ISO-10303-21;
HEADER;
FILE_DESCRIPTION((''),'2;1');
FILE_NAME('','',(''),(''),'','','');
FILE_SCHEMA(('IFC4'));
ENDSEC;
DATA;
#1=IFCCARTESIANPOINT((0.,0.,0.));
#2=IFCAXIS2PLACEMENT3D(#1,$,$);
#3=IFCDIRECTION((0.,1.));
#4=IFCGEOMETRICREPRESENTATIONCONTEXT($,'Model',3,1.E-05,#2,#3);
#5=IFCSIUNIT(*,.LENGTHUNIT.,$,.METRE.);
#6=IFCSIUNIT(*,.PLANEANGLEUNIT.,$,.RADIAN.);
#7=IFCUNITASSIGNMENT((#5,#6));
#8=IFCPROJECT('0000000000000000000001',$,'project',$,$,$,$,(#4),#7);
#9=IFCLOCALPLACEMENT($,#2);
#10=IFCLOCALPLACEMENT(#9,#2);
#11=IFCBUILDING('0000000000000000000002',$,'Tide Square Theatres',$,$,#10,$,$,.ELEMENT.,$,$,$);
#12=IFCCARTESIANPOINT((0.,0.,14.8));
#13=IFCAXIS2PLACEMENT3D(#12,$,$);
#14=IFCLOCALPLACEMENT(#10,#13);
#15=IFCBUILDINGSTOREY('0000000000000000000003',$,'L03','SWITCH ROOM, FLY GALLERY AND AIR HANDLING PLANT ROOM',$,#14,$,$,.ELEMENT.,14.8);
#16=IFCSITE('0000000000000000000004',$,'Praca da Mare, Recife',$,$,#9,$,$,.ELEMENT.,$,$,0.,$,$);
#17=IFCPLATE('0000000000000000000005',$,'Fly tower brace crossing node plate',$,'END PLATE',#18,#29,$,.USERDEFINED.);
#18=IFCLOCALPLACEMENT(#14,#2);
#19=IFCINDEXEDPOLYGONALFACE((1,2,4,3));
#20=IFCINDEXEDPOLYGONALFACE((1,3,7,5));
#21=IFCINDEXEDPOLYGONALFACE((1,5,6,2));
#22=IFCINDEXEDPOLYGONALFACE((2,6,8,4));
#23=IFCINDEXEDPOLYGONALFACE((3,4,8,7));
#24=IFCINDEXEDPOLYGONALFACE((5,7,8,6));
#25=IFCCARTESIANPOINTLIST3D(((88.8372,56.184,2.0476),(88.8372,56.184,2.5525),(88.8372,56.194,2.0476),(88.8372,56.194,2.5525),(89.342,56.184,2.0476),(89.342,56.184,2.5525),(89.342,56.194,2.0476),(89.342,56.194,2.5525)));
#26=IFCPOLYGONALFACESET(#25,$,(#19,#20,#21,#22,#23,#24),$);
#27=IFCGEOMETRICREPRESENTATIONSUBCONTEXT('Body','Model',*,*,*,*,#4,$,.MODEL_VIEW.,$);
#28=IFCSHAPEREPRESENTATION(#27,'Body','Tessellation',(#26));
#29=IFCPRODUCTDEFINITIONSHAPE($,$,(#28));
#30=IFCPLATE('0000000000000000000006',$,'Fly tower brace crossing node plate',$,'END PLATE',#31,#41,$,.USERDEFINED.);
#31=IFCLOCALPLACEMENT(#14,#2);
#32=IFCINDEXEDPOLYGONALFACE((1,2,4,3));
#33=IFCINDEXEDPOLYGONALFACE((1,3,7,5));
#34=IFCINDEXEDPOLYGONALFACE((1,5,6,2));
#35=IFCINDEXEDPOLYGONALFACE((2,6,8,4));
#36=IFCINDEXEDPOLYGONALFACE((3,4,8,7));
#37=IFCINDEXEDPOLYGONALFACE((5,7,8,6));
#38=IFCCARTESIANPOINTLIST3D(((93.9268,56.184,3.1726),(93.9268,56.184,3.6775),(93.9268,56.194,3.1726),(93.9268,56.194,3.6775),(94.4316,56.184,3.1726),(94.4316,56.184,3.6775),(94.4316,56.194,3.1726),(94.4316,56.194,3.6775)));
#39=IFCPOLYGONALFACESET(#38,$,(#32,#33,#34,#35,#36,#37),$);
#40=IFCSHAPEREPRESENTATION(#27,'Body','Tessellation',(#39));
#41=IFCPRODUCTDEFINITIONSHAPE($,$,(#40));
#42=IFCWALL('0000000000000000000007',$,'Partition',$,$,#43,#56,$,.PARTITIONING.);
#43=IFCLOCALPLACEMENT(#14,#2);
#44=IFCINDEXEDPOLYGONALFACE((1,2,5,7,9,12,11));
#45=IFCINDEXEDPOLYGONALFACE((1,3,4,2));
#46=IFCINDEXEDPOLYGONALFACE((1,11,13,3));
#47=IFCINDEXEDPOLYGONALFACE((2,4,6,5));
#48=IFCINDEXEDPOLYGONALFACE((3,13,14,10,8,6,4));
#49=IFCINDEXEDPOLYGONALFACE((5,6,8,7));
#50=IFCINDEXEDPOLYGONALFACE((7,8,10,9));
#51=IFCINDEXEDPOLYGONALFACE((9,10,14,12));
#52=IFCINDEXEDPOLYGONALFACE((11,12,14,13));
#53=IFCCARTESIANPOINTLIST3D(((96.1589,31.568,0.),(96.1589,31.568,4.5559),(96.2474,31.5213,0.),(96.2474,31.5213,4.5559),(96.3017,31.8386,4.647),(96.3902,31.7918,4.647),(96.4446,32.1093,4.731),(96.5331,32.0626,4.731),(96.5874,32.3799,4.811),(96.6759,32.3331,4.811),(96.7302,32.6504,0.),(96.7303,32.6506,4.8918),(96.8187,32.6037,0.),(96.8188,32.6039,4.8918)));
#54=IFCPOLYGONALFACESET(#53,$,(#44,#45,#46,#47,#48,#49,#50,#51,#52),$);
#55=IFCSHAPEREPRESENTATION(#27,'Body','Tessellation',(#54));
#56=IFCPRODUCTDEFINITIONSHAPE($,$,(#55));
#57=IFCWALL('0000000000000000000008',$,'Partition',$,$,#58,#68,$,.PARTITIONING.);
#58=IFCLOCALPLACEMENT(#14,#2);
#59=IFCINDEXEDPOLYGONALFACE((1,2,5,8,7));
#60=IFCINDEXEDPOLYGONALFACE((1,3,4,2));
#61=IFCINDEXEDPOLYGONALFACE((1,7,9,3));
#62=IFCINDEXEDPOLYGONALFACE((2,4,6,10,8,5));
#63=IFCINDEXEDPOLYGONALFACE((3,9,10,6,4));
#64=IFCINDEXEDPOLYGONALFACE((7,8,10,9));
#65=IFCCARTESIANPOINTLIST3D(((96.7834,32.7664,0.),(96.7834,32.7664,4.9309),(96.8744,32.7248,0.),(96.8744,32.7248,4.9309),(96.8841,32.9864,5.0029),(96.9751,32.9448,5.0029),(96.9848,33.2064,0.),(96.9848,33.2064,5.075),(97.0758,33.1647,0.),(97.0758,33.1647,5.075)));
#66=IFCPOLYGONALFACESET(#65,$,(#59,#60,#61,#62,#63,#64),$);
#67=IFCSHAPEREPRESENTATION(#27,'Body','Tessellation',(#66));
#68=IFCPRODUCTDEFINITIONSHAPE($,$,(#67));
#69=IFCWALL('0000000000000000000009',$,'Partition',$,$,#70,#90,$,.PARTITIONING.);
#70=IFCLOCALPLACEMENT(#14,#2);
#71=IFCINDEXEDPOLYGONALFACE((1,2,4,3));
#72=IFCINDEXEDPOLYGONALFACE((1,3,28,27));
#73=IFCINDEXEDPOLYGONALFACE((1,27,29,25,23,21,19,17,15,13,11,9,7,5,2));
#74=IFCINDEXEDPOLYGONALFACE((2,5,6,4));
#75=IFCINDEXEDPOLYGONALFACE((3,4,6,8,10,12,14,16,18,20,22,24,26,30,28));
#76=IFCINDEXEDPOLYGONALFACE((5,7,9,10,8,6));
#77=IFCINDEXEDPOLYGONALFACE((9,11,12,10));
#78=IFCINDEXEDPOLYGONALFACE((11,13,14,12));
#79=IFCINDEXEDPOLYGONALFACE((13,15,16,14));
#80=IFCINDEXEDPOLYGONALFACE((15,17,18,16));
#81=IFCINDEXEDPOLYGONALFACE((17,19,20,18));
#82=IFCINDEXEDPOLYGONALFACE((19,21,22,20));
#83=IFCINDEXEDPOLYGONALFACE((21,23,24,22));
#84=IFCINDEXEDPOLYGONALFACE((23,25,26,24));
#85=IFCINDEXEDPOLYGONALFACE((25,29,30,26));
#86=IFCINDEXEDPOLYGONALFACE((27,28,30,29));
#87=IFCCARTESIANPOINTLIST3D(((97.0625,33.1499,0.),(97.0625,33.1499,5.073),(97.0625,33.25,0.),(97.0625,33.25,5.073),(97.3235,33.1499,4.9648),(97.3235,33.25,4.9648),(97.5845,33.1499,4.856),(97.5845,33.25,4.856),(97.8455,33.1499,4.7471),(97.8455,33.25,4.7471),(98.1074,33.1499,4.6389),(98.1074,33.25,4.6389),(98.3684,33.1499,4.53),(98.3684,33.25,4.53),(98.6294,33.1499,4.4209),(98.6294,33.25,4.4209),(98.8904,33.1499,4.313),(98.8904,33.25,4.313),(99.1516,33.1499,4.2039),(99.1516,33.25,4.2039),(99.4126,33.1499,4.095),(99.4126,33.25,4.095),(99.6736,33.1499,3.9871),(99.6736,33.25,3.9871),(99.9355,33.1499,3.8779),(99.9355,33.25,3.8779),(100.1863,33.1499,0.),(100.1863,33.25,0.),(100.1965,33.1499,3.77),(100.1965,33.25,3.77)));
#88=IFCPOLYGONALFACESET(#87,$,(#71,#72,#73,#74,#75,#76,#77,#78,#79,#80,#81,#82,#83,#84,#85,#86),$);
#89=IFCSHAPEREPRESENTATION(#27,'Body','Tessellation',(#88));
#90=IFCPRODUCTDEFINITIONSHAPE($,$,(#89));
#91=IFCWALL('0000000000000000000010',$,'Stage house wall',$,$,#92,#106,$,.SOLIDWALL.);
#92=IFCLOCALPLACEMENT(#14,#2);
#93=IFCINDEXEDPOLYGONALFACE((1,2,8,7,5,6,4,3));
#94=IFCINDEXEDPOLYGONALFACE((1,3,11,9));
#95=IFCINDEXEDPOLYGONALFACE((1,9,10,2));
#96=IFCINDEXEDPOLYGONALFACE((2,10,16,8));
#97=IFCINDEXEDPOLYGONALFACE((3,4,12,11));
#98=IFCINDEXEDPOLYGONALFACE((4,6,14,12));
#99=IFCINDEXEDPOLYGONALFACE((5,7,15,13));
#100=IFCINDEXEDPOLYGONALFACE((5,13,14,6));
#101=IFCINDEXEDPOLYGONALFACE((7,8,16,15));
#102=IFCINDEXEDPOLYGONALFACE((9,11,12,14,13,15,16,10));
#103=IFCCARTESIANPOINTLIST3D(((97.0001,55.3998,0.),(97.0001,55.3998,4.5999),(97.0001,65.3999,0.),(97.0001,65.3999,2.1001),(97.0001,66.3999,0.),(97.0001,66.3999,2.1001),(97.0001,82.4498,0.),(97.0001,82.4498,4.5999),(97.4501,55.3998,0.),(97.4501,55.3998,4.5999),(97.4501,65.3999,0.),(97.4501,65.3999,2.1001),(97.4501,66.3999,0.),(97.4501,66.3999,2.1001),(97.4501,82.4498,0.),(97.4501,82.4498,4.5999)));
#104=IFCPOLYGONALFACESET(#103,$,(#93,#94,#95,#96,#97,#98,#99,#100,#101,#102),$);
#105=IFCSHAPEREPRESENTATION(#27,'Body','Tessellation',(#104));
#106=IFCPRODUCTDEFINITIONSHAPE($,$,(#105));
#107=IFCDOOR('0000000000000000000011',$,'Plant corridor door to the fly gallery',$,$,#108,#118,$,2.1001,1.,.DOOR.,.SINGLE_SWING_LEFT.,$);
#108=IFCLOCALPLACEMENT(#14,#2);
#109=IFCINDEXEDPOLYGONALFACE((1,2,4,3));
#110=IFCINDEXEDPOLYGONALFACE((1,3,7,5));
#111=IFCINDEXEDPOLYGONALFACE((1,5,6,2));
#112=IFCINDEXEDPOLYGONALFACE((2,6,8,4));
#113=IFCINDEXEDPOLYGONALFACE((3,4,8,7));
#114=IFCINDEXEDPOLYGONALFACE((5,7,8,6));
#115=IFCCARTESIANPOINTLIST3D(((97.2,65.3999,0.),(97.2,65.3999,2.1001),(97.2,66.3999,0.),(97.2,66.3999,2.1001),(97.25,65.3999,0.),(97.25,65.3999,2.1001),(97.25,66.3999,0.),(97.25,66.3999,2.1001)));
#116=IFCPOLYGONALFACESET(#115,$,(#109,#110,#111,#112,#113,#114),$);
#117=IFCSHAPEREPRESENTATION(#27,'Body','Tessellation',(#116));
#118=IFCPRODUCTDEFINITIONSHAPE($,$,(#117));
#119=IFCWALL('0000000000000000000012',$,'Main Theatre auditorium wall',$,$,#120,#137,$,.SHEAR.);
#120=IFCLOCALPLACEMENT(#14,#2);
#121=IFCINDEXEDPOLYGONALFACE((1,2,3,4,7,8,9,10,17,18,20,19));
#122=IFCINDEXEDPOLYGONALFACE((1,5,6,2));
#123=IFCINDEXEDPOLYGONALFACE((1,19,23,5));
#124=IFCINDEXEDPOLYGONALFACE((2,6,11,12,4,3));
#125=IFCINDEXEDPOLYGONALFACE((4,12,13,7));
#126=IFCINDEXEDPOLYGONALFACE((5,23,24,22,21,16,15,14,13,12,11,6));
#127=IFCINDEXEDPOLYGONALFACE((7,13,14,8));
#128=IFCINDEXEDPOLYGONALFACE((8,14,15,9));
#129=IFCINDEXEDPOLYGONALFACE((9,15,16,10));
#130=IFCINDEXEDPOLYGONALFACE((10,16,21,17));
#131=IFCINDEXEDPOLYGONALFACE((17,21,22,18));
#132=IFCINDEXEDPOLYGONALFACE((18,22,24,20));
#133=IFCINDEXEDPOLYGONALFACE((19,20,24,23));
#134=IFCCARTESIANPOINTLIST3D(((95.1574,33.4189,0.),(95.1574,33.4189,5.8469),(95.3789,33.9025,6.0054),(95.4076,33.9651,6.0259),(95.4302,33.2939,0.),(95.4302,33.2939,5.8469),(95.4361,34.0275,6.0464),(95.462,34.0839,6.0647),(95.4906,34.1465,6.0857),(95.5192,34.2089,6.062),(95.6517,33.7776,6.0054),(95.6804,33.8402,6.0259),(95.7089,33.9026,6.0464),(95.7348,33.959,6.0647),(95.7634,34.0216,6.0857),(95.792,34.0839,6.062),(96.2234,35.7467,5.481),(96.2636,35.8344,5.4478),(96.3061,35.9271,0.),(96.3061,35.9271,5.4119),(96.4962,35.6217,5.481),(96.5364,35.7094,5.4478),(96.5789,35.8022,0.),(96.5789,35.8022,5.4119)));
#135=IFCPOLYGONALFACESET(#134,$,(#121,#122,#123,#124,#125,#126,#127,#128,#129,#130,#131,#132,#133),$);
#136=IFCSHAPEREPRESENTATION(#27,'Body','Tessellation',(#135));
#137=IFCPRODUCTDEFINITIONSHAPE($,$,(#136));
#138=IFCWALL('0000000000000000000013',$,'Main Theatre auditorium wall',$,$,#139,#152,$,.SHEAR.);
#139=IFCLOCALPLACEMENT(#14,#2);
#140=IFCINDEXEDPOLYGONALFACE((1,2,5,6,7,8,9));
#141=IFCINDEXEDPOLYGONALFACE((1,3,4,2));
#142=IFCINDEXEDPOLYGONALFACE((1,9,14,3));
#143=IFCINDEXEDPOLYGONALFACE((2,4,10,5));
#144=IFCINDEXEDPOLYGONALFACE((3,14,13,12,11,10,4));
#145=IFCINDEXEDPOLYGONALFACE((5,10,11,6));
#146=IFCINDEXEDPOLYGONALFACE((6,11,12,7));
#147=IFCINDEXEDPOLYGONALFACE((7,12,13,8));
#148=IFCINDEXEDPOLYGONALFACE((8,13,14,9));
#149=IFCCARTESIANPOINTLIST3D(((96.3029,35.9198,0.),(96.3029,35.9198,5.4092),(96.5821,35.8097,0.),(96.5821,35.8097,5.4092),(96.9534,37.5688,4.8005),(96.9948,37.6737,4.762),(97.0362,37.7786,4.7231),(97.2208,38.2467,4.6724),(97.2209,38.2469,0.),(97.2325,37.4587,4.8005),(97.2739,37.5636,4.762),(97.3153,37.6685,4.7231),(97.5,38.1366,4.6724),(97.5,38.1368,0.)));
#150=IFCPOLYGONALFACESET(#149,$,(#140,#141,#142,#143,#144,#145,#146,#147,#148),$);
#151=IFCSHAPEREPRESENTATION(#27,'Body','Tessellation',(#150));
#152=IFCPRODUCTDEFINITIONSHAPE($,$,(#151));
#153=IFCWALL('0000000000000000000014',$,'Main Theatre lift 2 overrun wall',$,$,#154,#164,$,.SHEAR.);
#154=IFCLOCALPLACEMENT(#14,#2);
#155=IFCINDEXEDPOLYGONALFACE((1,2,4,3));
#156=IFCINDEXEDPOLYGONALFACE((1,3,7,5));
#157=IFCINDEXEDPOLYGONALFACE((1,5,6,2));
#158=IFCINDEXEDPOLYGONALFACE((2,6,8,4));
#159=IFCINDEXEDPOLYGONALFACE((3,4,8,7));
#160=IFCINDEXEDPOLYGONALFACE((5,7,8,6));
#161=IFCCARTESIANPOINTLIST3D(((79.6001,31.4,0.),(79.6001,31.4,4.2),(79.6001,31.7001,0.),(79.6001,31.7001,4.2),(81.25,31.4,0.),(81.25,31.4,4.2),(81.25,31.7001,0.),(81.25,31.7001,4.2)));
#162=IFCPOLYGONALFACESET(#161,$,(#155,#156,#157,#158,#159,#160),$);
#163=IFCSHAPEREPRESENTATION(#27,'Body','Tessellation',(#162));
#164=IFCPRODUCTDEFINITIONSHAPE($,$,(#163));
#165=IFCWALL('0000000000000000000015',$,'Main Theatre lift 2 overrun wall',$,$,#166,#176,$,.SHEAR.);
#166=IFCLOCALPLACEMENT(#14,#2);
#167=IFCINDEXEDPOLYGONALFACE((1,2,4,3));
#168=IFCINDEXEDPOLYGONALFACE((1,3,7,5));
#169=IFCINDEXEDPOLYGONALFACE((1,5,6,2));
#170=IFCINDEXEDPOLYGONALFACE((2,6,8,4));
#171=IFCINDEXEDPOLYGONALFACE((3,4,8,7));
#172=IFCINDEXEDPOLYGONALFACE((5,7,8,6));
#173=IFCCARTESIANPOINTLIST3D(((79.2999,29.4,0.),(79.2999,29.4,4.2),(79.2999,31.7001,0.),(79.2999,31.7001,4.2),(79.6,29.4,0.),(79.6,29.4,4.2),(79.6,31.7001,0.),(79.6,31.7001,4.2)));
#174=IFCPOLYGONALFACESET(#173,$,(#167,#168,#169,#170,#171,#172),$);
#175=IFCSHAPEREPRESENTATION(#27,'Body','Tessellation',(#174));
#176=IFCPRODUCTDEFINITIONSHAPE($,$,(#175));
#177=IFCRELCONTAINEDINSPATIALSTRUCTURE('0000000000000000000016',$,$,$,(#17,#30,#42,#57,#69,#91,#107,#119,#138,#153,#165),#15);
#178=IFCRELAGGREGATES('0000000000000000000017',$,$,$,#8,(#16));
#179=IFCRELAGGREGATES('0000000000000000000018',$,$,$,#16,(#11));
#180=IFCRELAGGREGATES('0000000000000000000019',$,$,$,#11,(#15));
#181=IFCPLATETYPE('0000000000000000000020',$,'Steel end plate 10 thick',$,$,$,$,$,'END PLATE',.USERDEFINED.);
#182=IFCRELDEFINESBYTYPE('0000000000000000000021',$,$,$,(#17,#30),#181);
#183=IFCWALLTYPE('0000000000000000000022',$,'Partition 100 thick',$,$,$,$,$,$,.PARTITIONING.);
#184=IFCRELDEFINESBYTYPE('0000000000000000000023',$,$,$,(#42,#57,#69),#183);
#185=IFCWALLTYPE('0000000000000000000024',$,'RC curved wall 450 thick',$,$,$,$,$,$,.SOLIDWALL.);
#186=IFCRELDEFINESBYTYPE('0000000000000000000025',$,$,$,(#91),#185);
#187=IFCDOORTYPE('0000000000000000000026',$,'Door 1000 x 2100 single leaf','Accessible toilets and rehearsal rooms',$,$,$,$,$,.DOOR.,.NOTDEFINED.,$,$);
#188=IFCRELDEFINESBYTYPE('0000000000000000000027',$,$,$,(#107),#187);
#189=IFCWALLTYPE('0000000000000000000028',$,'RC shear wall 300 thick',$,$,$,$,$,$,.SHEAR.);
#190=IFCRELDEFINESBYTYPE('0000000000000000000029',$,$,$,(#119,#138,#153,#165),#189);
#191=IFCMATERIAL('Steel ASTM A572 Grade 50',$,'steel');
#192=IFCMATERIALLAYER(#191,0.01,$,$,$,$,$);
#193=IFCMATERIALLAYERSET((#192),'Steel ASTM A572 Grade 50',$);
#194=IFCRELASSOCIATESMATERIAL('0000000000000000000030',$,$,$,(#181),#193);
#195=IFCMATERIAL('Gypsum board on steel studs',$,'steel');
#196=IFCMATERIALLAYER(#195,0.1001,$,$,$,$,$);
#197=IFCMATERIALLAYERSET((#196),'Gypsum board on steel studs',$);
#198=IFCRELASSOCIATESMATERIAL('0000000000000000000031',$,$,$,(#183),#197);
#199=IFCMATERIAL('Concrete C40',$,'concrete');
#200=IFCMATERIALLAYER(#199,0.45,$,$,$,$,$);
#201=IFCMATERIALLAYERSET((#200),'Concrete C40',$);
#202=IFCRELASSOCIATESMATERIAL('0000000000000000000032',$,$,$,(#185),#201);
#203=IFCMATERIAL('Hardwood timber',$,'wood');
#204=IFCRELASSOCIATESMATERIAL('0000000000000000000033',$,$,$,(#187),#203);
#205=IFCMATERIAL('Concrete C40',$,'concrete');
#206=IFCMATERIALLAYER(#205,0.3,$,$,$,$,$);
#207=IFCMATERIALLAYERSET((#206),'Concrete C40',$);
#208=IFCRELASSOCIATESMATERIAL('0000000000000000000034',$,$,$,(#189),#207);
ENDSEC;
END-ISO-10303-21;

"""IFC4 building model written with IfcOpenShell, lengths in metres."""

from ifc_helpers import new_model, si_unit, direction, frame, frame_2d, origin, origin_2d, place, context, subcontext, project, spatial, polyline, rectangle, outline, extrude, material, layer, layer_set, type_object, element, fill, save


model = new_model("IFC4")

# Units and contexts
model_context = context("Model", 3, precision=1e-05, world=origin(), true_north=direction((0.0, 1.0)))
body_context = subcontext(model_context, "Body", "Model", "MODEL_VIEW")
ifc_project = project(units=[si_unit("LENGTHUNIT", "METRE"), si_unit("PLANEANGLEUNIT", "RADIAN")], contexts=[model_context])

# Site, building, storey
site_placement = place(None, origin())
site = spatial("IfcSite", under=ifc_project, at=site_placement, Name="Praca da Mare, Recife", CompositionType="ELEMENT", RefElevation=0.0)
building_placement = place(site_placement, origin())
building = spatial("IfcBuilding", under=site, at=building_placement, Name="Tide Square Theatres", CompositionType="ELEMENT")
storey_placement = place(building_placement, frame((0.0, 0.0, 14.8)))
storey = spatial("IfcBuildingStorey", under=building, at=storey_placement, Name="L03", Description="SWITCH ROOM, FLY GALLERY AND AIR HANDLING PLANT ROOM", CompositionType="ELEMENT", Elevation=14.8)

# Plates
ifc_material_1 = material(Name="Steel ASTM A572 Grade 50", Category="steel")
ifc_layer_1 = layer(ifc_material_1, 0.01)
ifc_layer_set_1 = layer_set([ifc_layer_1], Name="Steel ASTM A572 Grade 50")
plate_type = type_object("IfcPlateType", Name="Steel end plate 10 thick", ElementType="END PLATE", PredefinedType="USERDEFINED", material=ifc_layer_set_1)
for number, where, z_axis, x_axis, name in (
    (1, (89.0896, 56.189, 2.0476), (0.0, 0.0, 1.0), (0.0, -1.0, 0.0), "Fly tower brace crossing node plate"),
    (2, (94.1792, 56.189, 3.1726), (0.0, 0.0, 1.0), (0.0, -1.0, 0.0), "Fly tower brace crossing node plate"),
):
    element("IfcPlate", number, at=place(storey_placement, frame(where, z_axis=z_axis, x_axis=x_axis)), inside=storey, type_object=plate_type, Name=name, ObjectType="END PLATE", PredefinedType="USERDEFINED", context=body_context, shape_type="SweptSolid", body=[
        extrude(rectangle(XDim=0.01, YDim=0.5049, at=origin_2d()), origin(), (0.0, 0.0, 1.0), 0.5049),
    ])

# Walls
ifc_material_2 = material(Name="Gypsum board on steel studs", Category="steel")
ifc_layer_2 = layer(ifc_material_2, 0.1001)
ifc_layer_set_2 = layer_set([ifc_layer_2], Name="Gypsum board on steel studs")
wall_type_1 = type_object("IfcWallType", Name="Partition 100 thick", PredefinedType="PARTITIONING", material=ifc_layer_set_2)
wall_1_placement = place(storey_placement, frame((96.2031, 31.5447, 0.0), z_axis=(0.0, 0.0, 1.0), x_axis=(0.466815, 0.884355, 0.0)))
element("IfcWall", 3, at=wall_1_placement, inside=storey, type_object=wall_type_1, Name="Partition", PredefinedType="PARTITIONING", context=body_context, shape_type="SweptSolid", body=[
    extrude(outline(polyline([(0.0, 0.0), (1.2239, 0.0), (1.2241, 4.8918), (0.918, 4.811), (0.6121, 4.731), (0.3059, 4.647), (0.0, 4.5559), (0.0, 0.0)])), frame((0.0, 0.05, 0.0), z_axis=(0.0, -1.0, 0.0), x_axis=(1.0, 0.0, 0.0)), (0.0, 0.0, 1.0), 0.1001),
])
wall_2_placement = place(storey_placement, frame((96.8289, 32.7456, 0.0), z_axis=(0.0, 0.0, 1.0), x_axis=(0.416272, 0.90924, 0.0)))
element("IfcWall", 4, at=wall_2_placement, inside=storey, type_object=wall_type_1, Name="Partition", PredefinedType="PARTITIONING", context=body_context, shape_type="SweptSolid", body=[
    extrude(outline(polyline([(0.0, 0.0), (0.4839, 0.0), (0.4839, 5.075), (0.2419, 5.0029), (0.0, 4.9309), (0.0, 0.0)])), frame((0.0, 0.05, 0.0), z_axis=(0.0, -1.0, 0.0), x_axis=(1.0, 0.0, 0.0)), (0.0, 0.0, 1.0), 0.1001),
])
wall_3_placement = place(storey_placement, frame((97.0625, 33.2, 0.0), z_axis=(0.0, 0.0, 1.0), x_axis=(1.0, 0.0, 0.0)))
element("IfcWall", 5, at=wall_3_placement, inside=storey, type_object=wall_type_1, Name="Partition", PredefinedType="PARTITIONING", context=body_context, shape_type="SweptSolid", body=[
    extrude(outline(polyline([(0.0, 0.0), (3.1238, 0.0), (3.134, 3.77), (2.873, 3.8779), (2.6111, 3.9871), (2.3501, 4.095), (2.0891, 4.2039), (1.8279, 4.313), (1.5669, 4.4209), (1.3059, 4.53), (1.0449, 4.6389), (0.783, 4.7471), (0.522, 4.856), (0.261, 4.9648), (0.0, 5.073), (0.0, 0.0)])), frame((0.0, 0.05, 0.0), z_axis=(0.0, -1.0, 0.0), x_axis=(1.0, 0.0, 0.0)), (0.0, 0.0, 1.0), 0.1001),
])

# Wall, opening, door
ifc_material_3 = material(Name="Concrete C40", Category="concrete")
ifc_layer_3 = layer(ifc_material_3, 0.45)
ifc_layer_set_3 = layer_set([ifc_layer_3], Name="Concrete C40")
wall_type_2 = type_object("IfcWallType", Name="RC curved wall 450 thick", PredefinedType="SOLIDWALL", material=ifc_layer_set_3)
wall_4_placement = place(storey_placement, frame((97.2251, 55.3999, 0.0), z_axis=(0.0, 0.0, 1.0), x_axis=(0.0, 1.0, 0.0)))
wall_4 = element("IfcWall", 6, at=wall_4_placement, inside=storey, type_object=wall_type_2, Name="Stage house wall", PredefinedType="SOLIDWALL", context=body_context, shape_type="SweptSolid", body=[
    extrude(rectangle(XDim=27.05, YDim=0.45, at=frame_2d((13.5249, 0.0))), origin(), (0.0, 0.0, 1.0), 4.5999),
])
opening_placement = place(wall_4_placement, frame((10.0, 0.0, 0.0)))
opening = element("IfcOpeningElement", 7, at=opening_placement, cuts=wall_4, PredefinedType="OPENING", context=body_context, shape_type="SweptSolid", body=[
    extrude(rectangle(XDim=1.0, YDim=2.1001, at=frame_2d((0.5, 1.05))), frame((0.0, 0.2349, 0.0), z_axis=(0.0, -1.0, 0.0), x_axis=(1.0, 0.0, 0.0)), (0.0, 0.0, 1.0), 0.47),
])
ifc_material_4 = material(Name="Hardwood timber", Category="wood")
door_type = type_object("IfcDoorType", Name="Door 1000 x 2100 single leaf", Description="Accessible toilets and rehearsal rooms", OperationType="NOTDEFINED", PredefinedType="DOOR", material=ifc_material_4)
door_placement = place(opening_placement, frame((1.0, 0.0, 0.0), z_axis=(0.0, 0.0, 1.0), x_axis=(-1.0, 0.0, 0.0)))
door = element("IfcDoor", 8, at=door_placement, inside=storey, type_object=door_type, Name="Plant corridor door to the fly gallery", OperationType="SINGLE_SWING_LEFT", OverallHeight=2.1001, OverallWidth=1.0, PredefinedType="DOOR", context=body_context, shape_type="SweptSolid", body=[
    extrude(rectangle(XDim=1.0, YDim=2.1001, at=frame_2d((0.5, 1.05))), frame((0.0, 0.0249, 0.0), z_axis=(0.0, -1.0, 0.0), x_axis=(1.0, 0.0, 0.0)), (0.0, 0.0, 1.0), 0.05),
])
fill(opening, door)

# Walls
ifc_material_5 = material(Name="Concrete C40", Category="concrete")
ifc_layer_4 = layer(ifc_material_5, 0.3)
ifc_layer_set_4 = layer_set([ifc_layer_4], Name="Concrete C40")
wall_type_3 = type_object("IfcWallType", Name="RC shear wall 300 thick", PredefinedType="SHEAR", material=ifc_layer_set_4)
wall_5_placement = place(storey_placement, frame((95.2937, 33.3564, 0.0), z_axis=(0.0, 0.0, 1.0), x_axis=(0.416368, 0.909196, 0.0)))
element("IfcWall", 9, at=wall_5_placement, inside=storey, type_object=wall_type_3, Name="Main Theatre auditorium wall", PredefinedType="SHEAR", context=body_context, shape_type="SweptSolid", body=[
    extrude(outline(polyline([(0.0, 0.0), (2.7588, 0.0), (2.7588, 5.4119), (2.6567, 5.4478), (2.5603, 5.481), (0.8689, 6.062), (0.8003, 6.0857), (0.7314, 6.0647), (0.6694, 6.0464), (0.6008, 6.0259), (0.532, 6.0054), (0.0, 5.8469), (0.0, 0.0)])), frame((0.0, 0.1499, 0.0), z_axis=(0.0, -1.0, 0.0), x_axis=(1.0, 0.0, 0.0)), (0.0, 0.0, 1.0), 0.3),
])
wall_6_placement = place(storey_placement, frame((96.4424, 35.8647, 0.0), z_axis=(0.0, 0.0, 1.0), x_axis=(0.366944, 0.930243, 0.0)))
element("IfcWall", 10, at=wall_6_placement, inside=storey, type_object=wall_type_3, Name="Main Theatre auditorium wall", PredefinedType="SHEAR", context=body_context, shape_type="SweptSolid", body=[
    extrude(outline(polyline([(0.0, 0.0), (2.5017, 0.0), (2.5015, 4.6724), (1.9983, 4.7231), (1.8855, 4.762), (1.7727, 4.8005), (0.0, 5.4092), (0.0, 0.0)])), frame((0.0, 0.1499, 0.0), z_axis=(0.0, -1.0, 0.0), x_axis=(1.0, 0.0, 0.0)), (0.0, 0.0, 1.0), 0.3),
])
wall_7_placement = place(storey_placement, frame((81.25, 31.55, 0.0), z_axis=(0.0, 0.0, 1.0), x_axis=(-1.0, 0.0, 0.0)))
element("IfcWall", 11, at=wall_7_placement, inside=storey, type_object=wall_type_3, Name="Main Theatre lift 2 overrun wall", PredefinedType="SHEAR", context=body_context, shape_type="SweptSolid", body=[
    extrude(rectangle(XDim=1.6499, YDim=0.3, at=frame_2d((0.825, 0.0))), origin(), (0.0, 0.0, 1.0), 4.2),
])
wall_8_placement = place(storey_placement, frame((79.45, 31.7, 0.0), z_axis=(0.0, 0.0, 1.0), x_axis=(0.0, -1.0, 0.0)))
element("IfcWall", 12, at=wall_8_placement, inside=storey, type_object=wall_type_3, Name="Main Theatre lift 2 overrun wall", PredefinedType="SHEAR", context=body_context, shape_type="SweptSolid", body=[
    extrude(rectangle(XDim=2.3, YDim=0.3, at=frame_2d((1.1499, 0.0))), origin(), (0.0, 0.0, 1.0), 4.2),
])

save(model, "model.ifc")
